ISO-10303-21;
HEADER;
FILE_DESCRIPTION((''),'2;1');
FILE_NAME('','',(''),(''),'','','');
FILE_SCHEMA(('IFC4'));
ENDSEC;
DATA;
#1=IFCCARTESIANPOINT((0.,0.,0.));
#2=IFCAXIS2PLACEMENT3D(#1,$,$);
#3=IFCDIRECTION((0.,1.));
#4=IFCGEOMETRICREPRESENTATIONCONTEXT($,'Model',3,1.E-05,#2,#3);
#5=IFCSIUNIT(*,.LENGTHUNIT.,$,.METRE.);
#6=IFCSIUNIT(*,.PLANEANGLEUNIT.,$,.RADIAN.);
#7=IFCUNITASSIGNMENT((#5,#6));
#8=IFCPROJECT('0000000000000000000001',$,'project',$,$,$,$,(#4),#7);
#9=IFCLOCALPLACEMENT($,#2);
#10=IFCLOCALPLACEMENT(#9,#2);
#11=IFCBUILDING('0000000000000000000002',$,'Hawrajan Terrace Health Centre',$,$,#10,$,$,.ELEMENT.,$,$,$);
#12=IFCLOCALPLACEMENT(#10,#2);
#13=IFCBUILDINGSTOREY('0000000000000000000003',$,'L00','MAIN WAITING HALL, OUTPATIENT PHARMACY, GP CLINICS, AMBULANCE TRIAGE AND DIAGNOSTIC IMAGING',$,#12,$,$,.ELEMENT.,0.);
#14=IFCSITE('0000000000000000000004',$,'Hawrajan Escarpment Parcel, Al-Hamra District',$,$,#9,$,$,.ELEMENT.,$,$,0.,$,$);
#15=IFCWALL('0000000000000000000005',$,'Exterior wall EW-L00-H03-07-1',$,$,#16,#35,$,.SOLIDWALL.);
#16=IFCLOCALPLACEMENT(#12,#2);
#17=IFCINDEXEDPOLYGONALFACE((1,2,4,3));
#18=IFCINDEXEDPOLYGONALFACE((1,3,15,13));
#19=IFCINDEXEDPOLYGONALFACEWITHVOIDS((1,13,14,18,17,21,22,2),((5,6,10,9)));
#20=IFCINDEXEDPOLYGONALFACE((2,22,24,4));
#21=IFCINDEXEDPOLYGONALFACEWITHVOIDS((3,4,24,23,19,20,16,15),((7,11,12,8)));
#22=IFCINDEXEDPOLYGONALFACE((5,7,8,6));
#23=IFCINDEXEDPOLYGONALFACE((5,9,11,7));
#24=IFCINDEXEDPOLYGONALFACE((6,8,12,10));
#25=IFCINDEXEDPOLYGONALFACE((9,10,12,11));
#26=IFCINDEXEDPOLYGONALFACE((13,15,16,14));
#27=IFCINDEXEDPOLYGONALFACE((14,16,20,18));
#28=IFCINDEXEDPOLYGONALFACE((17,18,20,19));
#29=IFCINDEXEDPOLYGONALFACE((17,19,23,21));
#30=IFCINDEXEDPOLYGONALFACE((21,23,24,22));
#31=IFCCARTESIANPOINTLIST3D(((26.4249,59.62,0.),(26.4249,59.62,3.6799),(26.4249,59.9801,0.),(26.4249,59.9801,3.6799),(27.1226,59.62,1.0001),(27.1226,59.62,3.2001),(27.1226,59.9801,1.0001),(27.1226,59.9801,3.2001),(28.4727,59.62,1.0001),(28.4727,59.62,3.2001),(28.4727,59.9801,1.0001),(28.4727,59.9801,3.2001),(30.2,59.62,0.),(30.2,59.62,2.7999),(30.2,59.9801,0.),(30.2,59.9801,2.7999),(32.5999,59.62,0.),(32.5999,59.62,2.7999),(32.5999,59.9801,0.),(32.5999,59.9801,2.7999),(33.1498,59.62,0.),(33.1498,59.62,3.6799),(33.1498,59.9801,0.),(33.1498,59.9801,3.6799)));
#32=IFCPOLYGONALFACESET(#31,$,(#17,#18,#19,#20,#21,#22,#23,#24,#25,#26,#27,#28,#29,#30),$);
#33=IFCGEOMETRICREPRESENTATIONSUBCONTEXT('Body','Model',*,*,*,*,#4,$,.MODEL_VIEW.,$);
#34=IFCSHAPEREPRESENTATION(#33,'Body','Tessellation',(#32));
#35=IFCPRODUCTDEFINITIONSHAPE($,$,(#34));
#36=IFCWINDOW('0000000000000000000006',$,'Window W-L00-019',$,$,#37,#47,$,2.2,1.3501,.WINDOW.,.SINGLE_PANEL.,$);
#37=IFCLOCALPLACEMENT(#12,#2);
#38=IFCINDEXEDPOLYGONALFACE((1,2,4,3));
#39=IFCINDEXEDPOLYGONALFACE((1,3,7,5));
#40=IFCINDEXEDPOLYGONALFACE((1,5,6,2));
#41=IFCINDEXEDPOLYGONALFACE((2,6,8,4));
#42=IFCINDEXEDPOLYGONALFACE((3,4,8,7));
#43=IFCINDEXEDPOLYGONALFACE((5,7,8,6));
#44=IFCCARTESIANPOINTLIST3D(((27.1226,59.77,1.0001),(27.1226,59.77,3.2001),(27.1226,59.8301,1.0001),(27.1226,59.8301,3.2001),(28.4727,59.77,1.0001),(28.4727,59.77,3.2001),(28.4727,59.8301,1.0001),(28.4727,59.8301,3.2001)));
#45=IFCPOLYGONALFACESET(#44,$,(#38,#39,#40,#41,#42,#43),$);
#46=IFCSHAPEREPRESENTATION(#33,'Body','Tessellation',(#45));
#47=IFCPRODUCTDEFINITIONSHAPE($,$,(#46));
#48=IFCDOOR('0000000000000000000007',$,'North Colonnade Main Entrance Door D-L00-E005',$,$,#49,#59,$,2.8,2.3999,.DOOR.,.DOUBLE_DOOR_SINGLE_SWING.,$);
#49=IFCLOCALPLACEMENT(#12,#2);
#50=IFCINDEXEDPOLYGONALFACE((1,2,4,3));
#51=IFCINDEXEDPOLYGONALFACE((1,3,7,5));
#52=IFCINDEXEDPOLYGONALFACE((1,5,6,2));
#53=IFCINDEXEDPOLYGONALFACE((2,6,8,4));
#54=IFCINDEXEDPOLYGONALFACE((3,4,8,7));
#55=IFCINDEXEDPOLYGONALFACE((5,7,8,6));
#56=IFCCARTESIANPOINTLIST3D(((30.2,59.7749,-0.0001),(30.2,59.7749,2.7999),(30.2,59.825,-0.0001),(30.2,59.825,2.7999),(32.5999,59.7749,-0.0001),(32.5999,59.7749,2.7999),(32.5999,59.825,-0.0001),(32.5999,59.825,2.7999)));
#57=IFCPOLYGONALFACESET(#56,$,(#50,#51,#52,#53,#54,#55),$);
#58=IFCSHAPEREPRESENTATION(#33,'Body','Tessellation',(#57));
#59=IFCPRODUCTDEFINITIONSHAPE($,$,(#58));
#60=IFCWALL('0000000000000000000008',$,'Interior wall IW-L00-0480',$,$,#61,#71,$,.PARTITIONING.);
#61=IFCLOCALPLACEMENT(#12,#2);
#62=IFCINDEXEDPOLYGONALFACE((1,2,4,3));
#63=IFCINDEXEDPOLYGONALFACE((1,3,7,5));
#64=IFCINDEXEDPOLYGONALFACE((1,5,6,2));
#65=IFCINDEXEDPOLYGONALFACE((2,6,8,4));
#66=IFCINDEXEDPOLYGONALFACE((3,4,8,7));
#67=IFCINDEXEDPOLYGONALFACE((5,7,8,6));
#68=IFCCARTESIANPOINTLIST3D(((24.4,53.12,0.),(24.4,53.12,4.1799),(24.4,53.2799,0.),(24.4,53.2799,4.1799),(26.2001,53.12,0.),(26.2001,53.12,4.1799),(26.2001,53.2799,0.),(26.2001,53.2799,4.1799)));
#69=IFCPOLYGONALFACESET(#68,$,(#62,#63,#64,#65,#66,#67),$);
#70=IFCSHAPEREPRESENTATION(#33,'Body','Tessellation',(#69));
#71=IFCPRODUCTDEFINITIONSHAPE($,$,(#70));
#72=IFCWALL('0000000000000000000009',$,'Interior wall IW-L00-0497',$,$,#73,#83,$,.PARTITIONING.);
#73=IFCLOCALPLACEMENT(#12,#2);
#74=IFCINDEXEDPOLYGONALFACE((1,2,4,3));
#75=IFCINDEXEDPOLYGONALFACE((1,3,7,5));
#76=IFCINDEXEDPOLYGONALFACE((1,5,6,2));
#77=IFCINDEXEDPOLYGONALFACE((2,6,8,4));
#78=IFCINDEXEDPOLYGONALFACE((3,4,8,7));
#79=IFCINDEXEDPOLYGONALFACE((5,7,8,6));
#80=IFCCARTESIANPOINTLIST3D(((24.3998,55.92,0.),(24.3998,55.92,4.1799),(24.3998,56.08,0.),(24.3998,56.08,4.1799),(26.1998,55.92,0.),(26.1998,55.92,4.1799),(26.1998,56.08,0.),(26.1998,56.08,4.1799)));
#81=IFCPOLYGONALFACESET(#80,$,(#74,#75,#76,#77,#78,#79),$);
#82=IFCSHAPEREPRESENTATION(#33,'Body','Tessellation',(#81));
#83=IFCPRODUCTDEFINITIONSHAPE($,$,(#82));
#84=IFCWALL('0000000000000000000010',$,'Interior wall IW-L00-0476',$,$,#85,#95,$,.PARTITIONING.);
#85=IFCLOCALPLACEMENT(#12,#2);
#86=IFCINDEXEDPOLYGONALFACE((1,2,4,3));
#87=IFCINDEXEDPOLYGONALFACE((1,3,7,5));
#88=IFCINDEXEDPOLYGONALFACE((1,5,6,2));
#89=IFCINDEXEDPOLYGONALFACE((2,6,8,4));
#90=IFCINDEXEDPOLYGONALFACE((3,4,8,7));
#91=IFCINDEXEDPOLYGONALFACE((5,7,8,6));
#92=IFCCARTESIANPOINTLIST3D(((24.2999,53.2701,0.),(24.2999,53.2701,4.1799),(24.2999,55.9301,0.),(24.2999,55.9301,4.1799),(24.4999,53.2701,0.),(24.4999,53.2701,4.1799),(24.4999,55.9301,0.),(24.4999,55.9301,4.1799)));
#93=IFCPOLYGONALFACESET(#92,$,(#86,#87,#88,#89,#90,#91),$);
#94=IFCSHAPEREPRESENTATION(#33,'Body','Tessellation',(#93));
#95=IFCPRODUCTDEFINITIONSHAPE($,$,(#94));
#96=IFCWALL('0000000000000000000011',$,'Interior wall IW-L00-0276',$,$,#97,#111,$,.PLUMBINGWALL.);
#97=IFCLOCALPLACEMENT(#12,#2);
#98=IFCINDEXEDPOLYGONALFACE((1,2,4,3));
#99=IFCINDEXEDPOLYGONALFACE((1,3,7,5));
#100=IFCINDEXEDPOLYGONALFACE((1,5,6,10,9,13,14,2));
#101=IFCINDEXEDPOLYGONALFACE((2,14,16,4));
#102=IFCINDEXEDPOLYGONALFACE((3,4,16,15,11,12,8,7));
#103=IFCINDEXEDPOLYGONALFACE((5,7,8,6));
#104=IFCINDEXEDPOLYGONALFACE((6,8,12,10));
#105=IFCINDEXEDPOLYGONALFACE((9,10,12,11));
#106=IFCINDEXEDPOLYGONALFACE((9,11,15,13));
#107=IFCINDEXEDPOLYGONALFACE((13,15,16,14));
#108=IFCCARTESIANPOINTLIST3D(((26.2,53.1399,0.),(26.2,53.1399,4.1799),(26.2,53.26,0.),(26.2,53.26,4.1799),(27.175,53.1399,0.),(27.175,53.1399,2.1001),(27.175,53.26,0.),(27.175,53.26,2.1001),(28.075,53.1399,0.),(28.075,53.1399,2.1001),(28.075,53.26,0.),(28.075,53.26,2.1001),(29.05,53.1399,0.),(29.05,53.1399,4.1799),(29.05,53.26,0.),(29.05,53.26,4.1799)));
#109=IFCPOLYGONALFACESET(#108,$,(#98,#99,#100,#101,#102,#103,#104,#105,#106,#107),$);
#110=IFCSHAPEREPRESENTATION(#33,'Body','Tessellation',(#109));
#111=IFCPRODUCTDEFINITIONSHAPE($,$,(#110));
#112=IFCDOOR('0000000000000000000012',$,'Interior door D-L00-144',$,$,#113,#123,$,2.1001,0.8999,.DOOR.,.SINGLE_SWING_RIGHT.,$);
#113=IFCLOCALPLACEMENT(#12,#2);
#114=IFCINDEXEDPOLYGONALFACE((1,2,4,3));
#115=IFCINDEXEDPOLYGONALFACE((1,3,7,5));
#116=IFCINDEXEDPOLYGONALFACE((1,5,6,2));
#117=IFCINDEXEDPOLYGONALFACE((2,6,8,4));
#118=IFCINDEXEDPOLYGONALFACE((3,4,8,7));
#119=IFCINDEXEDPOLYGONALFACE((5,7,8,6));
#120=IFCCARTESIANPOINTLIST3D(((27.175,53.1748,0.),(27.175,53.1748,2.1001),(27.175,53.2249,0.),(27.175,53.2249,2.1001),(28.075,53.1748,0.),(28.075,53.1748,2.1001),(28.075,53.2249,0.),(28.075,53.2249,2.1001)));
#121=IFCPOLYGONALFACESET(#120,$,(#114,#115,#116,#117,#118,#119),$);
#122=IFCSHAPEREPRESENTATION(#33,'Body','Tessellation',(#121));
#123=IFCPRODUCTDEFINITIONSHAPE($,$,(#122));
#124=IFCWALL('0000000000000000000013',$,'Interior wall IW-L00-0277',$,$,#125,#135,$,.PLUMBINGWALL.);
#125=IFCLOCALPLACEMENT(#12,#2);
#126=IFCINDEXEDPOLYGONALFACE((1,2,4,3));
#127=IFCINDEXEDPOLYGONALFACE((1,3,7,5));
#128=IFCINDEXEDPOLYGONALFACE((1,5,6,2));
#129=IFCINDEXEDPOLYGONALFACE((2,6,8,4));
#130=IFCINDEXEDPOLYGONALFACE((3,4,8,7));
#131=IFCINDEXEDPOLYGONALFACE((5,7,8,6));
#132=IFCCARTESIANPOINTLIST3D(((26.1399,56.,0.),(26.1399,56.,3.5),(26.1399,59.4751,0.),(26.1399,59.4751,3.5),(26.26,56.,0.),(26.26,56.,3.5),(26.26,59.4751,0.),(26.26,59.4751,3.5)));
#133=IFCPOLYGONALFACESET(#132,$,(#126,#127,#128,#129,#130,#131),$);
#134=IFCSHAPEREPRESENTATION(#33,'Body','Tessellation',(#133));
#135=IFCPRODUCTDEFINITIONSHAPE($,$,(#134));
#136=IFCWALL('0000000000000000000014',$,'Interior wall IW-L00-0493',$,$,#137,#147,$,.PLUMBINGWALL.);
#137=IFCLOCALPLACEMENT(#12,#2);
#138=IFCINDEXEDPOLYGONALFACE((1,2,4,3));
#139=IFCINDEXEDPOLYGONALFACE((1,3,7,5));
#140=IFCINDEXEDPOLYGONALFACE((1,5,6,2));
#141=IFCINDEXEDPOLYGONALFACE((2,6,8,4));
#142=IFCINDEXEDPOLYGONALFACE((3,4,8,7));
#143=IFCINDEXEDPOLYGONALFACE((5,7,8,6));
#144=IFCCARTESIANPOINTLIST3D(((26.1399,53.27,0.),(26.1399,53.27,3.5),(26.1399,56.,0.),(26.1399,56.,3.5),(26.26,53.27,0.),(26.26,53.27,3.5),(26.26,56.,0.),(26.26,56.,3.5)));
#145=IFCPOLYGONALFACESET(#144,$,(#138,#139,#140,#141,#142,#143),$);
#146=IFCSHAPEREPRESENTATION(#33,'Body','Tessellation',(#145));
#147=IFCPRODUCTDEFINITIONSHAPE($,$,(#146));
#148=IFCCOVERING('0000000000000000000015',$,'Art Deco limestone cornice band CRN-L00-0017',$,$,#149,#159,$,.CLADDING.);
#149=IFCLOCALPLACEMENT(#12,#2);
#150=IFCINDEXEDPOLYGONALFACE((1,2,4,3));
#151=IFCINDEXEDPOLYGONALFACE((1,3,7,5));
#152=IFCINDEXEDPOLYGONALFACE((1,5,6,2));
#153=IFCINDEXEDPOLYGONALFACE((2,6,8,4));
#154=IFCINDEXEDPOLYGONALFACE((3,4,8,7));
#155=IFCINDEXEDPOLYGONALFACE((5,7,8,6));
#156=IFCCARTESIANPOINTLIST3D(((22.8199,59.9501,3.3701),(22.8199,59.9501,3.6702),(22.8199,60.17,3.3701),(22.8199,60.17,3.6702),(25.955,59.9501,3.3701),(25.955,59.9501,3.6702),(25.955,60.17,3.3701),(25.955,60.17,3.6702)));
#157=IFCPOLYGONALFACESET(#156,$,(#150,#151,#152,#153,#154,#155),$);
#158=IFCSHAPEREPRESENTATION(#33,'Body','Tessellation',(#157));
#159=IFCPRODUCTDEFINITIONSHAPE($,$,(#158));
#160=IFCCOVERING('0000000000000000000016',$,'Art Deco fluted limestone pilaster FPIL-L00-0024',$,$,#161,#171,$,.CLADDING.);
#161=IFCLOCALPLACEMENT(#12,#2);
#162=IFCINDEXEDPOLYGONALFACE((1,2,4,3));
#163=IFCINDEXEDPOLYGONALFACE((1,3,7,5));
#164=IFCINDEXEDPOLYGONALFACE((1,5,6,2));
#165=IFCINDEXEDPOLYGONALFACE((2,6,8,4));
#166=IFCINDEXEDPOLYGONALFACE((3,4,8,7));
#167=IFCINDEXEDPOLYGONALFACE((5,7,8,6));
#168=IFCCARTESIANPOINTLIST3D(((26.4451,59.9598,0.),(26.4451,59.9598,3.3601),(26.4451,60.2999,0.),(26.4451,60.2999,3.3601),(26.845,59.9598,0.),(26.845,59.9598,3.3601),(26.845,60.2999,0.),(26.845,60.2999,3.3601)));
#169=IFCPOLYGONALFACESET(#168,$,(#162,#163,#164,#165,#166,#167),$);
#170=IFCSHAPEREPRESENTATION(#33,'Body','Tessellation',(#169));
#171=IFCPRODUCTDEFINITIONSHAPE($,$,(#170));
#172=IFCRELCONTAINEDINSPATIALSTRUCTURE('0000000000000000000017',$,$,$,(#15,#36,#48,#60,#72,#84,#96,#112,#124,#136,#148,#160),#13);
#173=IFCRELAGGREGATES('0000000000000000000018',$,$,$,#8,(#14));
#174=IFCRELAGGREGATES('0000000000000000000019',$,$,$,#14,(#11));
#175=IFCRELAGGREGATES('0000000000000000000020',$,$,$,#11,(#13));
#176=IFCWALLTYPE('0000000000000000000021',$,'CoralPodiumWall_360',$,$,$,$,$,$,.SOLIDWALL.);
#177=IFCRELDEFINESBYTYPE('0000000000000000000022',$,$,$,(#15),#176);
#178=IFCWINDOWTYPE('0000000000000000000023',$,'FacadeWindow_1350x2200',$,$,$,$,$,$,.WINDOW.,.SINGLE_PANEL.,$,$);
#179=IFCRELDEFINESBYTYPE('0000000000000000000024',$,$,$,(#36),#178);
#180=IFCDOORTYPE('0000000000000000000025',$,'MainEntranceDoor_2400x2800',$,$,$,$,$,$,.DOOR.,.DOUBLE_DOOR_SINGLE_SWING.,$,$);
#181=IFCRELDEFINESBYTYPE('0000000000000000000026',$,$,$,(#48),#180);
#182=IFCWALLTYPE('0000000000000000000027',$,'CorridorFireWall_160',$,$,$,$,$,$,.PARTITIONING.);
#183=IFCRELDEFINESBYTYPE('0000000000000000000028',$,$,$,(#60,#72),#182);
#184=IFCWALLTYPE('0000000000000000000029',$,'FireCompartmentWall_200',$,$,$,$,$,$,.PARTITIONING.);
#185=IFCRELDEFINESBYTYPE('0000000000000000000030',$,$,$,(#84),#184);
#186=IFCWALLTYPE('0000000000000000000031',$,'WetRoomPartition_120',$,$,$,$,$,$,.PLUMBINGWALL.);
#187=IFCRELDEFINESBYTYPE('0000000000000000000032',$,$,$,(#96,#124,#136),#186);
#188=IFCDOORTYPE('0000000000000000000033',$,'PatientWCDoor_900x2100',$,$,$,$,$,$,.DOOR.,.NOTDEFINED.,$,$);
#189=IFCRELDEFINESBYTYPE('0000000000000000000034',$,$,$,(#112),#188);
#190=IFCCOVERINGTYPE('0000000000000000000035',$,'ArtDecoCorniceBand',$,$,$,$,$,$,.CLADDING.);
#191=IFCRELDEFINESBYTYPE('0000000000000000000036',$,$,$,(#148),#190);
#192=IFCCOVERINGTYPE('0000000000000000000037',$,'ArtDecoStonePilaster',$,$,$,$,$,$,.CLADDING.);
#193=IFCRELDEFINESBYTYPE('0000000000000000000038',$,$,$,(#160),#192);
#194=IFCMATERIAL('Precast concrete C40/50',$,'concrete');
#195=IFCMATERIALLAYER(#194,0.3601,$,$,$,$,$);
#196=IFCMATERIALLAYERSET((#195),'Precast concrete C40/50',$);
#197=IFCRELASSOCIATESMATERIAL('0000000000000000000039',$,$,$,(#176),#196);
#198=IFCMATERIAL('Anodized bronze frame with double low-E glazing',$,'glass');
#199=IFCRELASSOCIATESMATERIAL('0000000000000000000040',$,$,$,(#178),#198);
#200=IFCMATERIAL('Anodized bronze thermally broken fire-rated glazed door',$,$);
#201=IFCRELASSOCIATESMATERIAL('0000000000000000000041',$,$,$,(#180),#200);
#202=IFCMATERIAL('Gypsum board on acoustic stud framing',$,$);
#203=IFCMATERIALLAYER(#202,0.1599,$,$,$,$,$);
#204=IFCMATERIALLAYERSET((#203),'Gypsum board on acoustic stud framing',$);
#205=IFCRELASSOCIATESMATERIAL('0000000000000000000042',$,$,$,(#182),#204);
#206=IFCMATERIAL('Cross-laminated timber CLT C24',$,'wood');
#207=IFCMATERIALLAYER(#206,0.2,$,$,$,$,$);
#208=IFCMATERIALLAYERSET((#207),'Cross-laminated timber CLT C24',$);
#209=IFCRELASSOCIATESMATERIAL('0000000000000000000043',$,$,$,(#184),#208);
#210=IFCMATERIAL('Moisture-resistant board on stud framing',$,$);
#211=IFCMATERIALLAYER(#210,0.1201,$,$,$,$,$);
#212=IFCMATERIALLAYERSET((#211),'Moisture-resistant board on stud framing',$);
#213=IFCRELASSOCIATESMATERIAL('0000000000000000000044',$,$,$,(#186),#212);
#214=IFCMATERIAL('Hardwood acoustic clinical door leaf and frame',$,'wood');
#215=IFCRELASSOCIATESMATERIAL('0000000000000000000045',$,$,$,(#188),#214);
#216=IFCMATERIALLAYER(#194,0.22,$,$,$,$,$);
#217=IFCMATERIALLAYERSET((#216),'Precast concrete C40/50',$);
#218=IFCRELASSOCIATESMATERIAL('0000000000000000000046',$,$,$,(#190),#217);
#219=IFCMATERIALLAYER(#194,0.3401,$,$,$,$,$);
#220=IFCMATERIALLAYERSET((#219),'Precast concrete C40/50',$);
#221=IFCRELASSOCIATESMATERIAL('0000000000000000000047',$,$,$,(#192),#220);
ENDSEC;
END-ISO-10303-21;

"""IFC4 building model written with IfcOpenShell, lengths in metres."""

from ifc_helpers import new_model, si_unit, direction, frame, frame_2d, origin, origin_2d, place, context, subcontext, project, spatial, rectangle, extrude, material, layer, layer_set, type_object, element, fill, save


model = new_model("IFC4")

# Units and contexts
model_context = context("Model", 3, precision=1e-05, world=origin(), true_north=direction((0.0, 1.0)))
body_context = subcontext(model_context, "Body", "Model", "MODEL_VIEW")
ifc_project = project(units=[si_unit("LENGTHUNIT", "METRE"), si_unit("PLANEANGLEUNIT", "RADIAN")], contexts=[model_context])

# Site, building, storey
site_placement = place(None, origin())
site = spatial("IfcSite", under=ifc_project, at=site_placement, Name="Hawrajan Escarpment Parcel, Al-Hamra District", CompositionType="ELEMENT", RefElevation=0.0)
building_placement = place(site_placement, origin())
building = spatial("IfcBuilding", under=site, at=building_placement, Name="Hawrajan Terrace Health Centre", CompositionType="ELEMENT")
storey_placement = place(building_placement, origin())
storey = spatial("IfcBuildingStorey", under=building, at=storey_placement, Name="L00", Description="MAIN WAITING HALL, OUTPATIENT PHARMACY, GP CLINICS, AMBULANCE TRIAGE AND DIAGNOSTIC IMAGING", CompositionType="ELEMENT", Elevation=0.0)

# Shared definitions
ifc_material_1 = material(Name="Gypsum board on acoustic stud framing")
ifc_material_2 = material(Name="Hardwood acoustic clinical door leaf and frame", Category="wood")

# Shared definitions
ifc_material_3 = material(Name="Precast concrete C40/50", Category="concrete")
ifc_material_4 = material(Name="Anodized bronze frame with double low-E glazing", Category="glass")

# Wall, openings, window, door
ifc_layer_1 = layer(ifc_material_3, 0.3601)
ifc_layer_set_1 = layer_set([ifc_layer_1], Name="Precast concrete C40/50")
wall_type_1 = type_object("IfcWallType", Name="CoralPodiumWall_360", PredefinedType="SOLIDWALL", material=ifc_layer_set_1)
wall_1_placement = place(storey_placement, frame((26.425, 59.8, 0.0), z_axis=(0.0, 0.0, 1.0), x_axis=(1.0, 0.0, 0.0)))
wall_1 = element("IfcWall", 1, at=wall_1_placement, inside=storey, type_object=wall_type_1, Name="Exterior wall EW-L00-H03-07-1", PredefinedType="SOLIDWALL", context=body_context, shape_type="SweptSolid", body=[
    extrude(rectangle(XDim=6.7249, YDim=0.3601, at=frame_2d((3.3623, 0.0))), origin(), (0.0, 0.0, 1.0), 3.6799),
])
opening_1_placement = place(wall_1_placement, frame((3.7749, 0.0, 0.0)))
opening_1 = element("IfcOpeningElement", 2, at=opening_1_placement, cuts=wall_1, PredefinedType="OPENING", context=body_context, shape_type="SweptSolid", body=[
    extrude(rectangle(XDim=2.3999, YDim=2.8, at=frame_2d((1.2, 1.3999))), frame((0.0, 0.1899, 0.0), z_axis=(0.0, -1.0, 0.0), x_axis=(1.0, 0.0, 0.0)), (0.0, 0.0, 1.0), 0.3801),
])
opening_2_placement = place(wall_1_placement, frame((0.6975, 0.0, 1.0)))
opening_2 = element("IfcOpeningElement", 3, at=opening_2_placement, cuts=wall_1, PredefinedType="OPENING", context=body_context, shape_type="SweptSolid", body=[
    extrude(rectangle(XDim=1.3501, YDim=2.2, at=frame_2d((0.675, 1.1001))), frame((0.0, 0.1899, 0.0), z_axis=(0.0, -1.0, 0.0), x_axis=(1.0, 0.0, 0.0)), (0.0, 0.0, 1.0), 0.3801),
])
window_type_1 = type_object("IfcWindowType", Name="FacadeWindow_1350x2200", PartitioningType="SINGLE_PANEL", PredefinedType="WINDOW", material=ifc_material_4)
window_1_placement = place(opening_2_placement, origin())
window_1 = element("IfcWindow", 4, at=window_1_placement, inside=storey, type_object=window_type_1, Name="Window W-L00-019", OverallHeight=2.2, OverallWidth=1.3501, PartitioningType="SINGLE_PANEL", PredefinedType="WINDOW", context=body_context, shape_type="SweptSolid", body=[
    extrude(rectangle(XDim=1.3501, YDim=2.2, at=frame_2d((0.675, 1.1001))), frame((0.0, 0.03, 0.0), z_axis=(0.0, -1.0, 0.0), x_axis=(1.0, 0.0, 0.0)), (0.0, 0.0, 1.0), 0.0601),
])
fill(opening_2, window_1)
ifc_material_5 = material(Name="Anodized bronze thermally broken fire-rated glazed door")
door_type_1 = type_object("IfcDoorType", Name="MainEntranceDoor_2400x2800", OperationType="DOUBLE_DOOR_SINGLE_SWING", PredefinedType="DOOR", material=ifc_material_5)
door_1_placement = place(opening_1_placement, origin())
door_1 = element("IfcDoor", 5, at=door_1_placement, inside=storey, type_object=door_type_1, Name="North Colonnade Main Entrance Door D-L00-E005", OperationType="DOUBLE_DOOR_SINGLE_SWING", OverallHeight=2.8, OverallWidth=2.3999, PredefinedType="DOOR", context=body_context, shape_type="SweptSolid", body=[
    extrude(rectangle(XDim=2.3999, YDim=2.8, at=frame_2d((1.2, 1.3999))), frame((0.0, 0.0249, 0.0), z_axis=(0.0, -1.0, 0.0), x_axis=(1.0, 0.0, 0.0)), (0.0, 0.0, 1.0), 0.05),
])
fill(opening_1, door_1)

# Walls
ifc_layer_2 = layer(ifc_material_1, 0.1599)
ifc_layer_set_2 = layer_set([ifc_layer_2], Name="Gypsum board on acoustic stud framing")
wall_type_2 = type_object("IfcWallType", Name="CorridorFireWall_160", PredefinedType="PARTITIONING", material=ifc_layer_set_2)
for number, where, z_axis, x_axis, name in (
    (6, (26.2, 53.2, 0.0), (0.0, 0.0, 1.0), (-1.0, 0.0, 0.0), "Interior wall IW-L00-0480"),
    (7, (24.3999, 56.0, 0.0), (0.0, 0.0, 1.0), (1.0, 0.0, 0.0), "Interior wall IW-L00-0497"),
):
    element("IfcWall", number, at=place(storey_placement, frame(where, z_axis=z_axis, x_axis=x_axis)), inside=storey, type_object=wall_type_2, Name=name, PredefinedType="PARTITIONING", context=body_context, shape_type="SweptSolid", body=[
        extrude(rectangle(XDim=1.8, YDim=0.1599, at=frame_2d((0.8999, 0.0))), origin(), (0.0, 0.0, 1.0), 4.1799),
    ])
ifc_material_6 = material(Name="Cross-laminated timber CLT C24", Category="wood")
ifc_layer_3 = layer(ifc_material_6, 0.2)
ifc_layer_set_3 = layer_set([ifc_layer_3], Name="Cross-laminated timber CLT C24")
wall_type_3 = type_object("IfcWallType", Name="FireCompartmentWall_200", PredefinedType="PARTITIONING", material=ifc_layer_set_3)
wall_2_placement = place(storey_placement, frame((24.3999, 53.27, 0.0), z_axis=(0.0, 0.0, 1.0), x_axis=(0.0, 1.0, 0.0)))
element("IfcWall", 8, at=wall_2_placement, inside=storey, type_object=wall_type_3, Name="Interior wall IW-L00-0476", PredefinedType="PARTITIONING", context=body_context, shape_type="SweptSolid", body=[
    extrude(rectangle(XDim=2.6599, YDim=0.2, at=frame_2d((1.3301, 0.0))), origin(), (0.0, 0.0, 1.0), 4.1799),
])

# Wall, opening, door
ifc_material_7 = material(Name="Moisture-resistant board on stud framing")
ifc_layer_4 = layer(ifc_material_7, 0.1201)
ifc_layer_set_4 = layer_set([ifc_layer_4], Name="Moisture-resistant board on stud framing")
wall_type_4 = type_object("IfcWallType", Name="WetRoomPartition_120", PredefinedType="PLUMBINGWALL", material=ifc_layer_set_4)
wall_3_placement = place(storey_placement, frame((26.2, 53.2, 0.0), z_axis=(0.0, 0.0, 1.0), x_axis=(1.0, 0.0, 0.0)))
wall_3 = element("IfcWall", 9, at=wall_3_placement, inside=storey, type_object=wall_type_4, Name="Interior wall IW-L00-0276", PredefinedType="PLUMBINGWALL", context=body_context, shape_type="SweptSolid", body=[
    extrude(rectangle(XDim=2.8501, YDim=0.1201, at=frame_2d((1.425, 0.0))), origin(), (0.0, 0.0, 1.0), 4.1799),
])
opening_3_placement = place(wall_3_placement, frame((0.9751, 0.0, 0.0)))
opening_3 = element("IfcOpeningElement", 10, at=opening_3_placement, cuts=wall_3, PredefinedType="OPENING", context=body_context, shape_type="SweptSolid", body=[
    extrude(rectangle(XDim=0.8999, YDim=2.1001, at=frame_2d((0.45, 1.05))), frame((0.0, 0.0701, 0.0), z_axis=(0.0, -1.0, 0.0), x_axis=(1.0, 0.0, 0.0)), (0.0, 0.0, 1.0), 0.1401),
])
door_type_2 = type_object("IfcDoorType", Name="PatientWCDoor_900x2100", OperationType="NOTDEFINED", PredefinedType="DOOR", material=ifc_material_2)
door_2_placement = place(opening_3_placement, origin())
door_2 = element("IfcDoor", 11, at=door_2_placement, inside=storey, type_object=door_type_2, Name="Interior door D-L00-144", OperationType="SINGLE_SWING_RIGHT", OverallHeight=2.1001, OverallWidth=0.8999, PredefinedType="DOOR", context=body_context, shape_type="SweptSolid", body=[
    extrude(rectangle(XDim=0.8999, YDim=2.1001, at=frame_2d((0.45, 1.05))), frame((0.0, 0.0249, 0.0), z_axis=(0.0, -1.0, 0.0), x_axis=(1.0, 0.0, 0.0)), (0.0, 0.0, 1.0), 0.05),
])
fill(opening_3, door_2)

# Walls
wall_4_placement = place(storey_placement, frame((26.2, 56.0, 0.0), z_axis=(0.0, 0.0, 1.0), x_axis=(0.0, 1.0, 0.0)))
element("IfcWall", 12, at=wall_4_placement, inside=storey, type_object=wall_type_4, Name="Interior wall IW-L00-0277", PredefinedType="PLUMBINGWALL", context=body_context, shape_type="SweptSolid", body=[
    extrude(rectangle(XDim=3.4751, YDim=0.1201, at=frame_2d((1.7375, 0.0))), origin(), (0.0, 0.0, 1.0), 3.5),
])
wall_5_placement = place(storey_placement, frame((26.2, 53.27, 0.0), z_axis=(0.0, 0.0, 1.0), x_axis=(0.0, 1.0, 0.0)))
element("IfcWall", 13, at=wall_5_placement, inside=storey, type_object=wall_type_4, Name="Interior wall IW-L00-0493", PredefinedType="PLUMBINGWALL", context=body_context, shape_type="SweptSolid", body=[
    extrude(rectangle(XDim=2.73, YDim=0.1201, at=frame_2d((1.365, 0.0))), origin(), (0.0, 0.0, 1.0), 3.5),
])

# Coverings
ifc_layer_5 = layer(ifc_material_3, 0.22)
ifc_layer_set_5 = layer_set([ifc_layer_5], Name="Precast concrete C40/50")
covering_type_1 = type_object("IfcCoveringType", Name="ArtDecoCorniceBand", PredefinedType="CLADDING", material=ifc_layer_set_5)
covering_1_placement = place(storey_placement, frame((24.3875, 60.0601, 3.3701), z_axis=(0.0, 0.0, 1.0), x_axis=(1.0, 0.0, 0.0)))
element("IfcCovering", 14, at=covering_1_placement, inside=storey, type_object=covering_type_1, Name="Art Deco limestone cornice band CRN-L00-0017", PredefinedType="CLADDING", context=body_context, shape_type="SweptSolid", body=[
    extrude(rectangle(XDim=3.135, YDim=0.22, at=origin_2d()), origin(), (0.0, 0.0, 1.0), 0.3),
])
ifc_layer_6 = layer(ifc_material_3, 0.3401)
ifc_layer_set_6 = layer_set([ifc_layer_6], Name="Precast concrete C40/50")
covering_type_2 = type_object("IfcCoveringType", Name="ArtDecoStonePilaster", PredefinedType="CLADDING", material=ifc_layer_set_6)
covering_2_placement = place(storey_placement, frame((26.645, 60.1299, 0.0), z_axis=(0.0, 0.0, 1.0), x_axis=(1.0, 0.0, 0.0)))
element("IfcCovering", 15, at=covering_2_placement, inside=storey, type_object=covering_type_2, Name="Art Deco fluted limestone pilaster FPIL-L00-0024", PredefinedType="CLADDING", context=body_context, shape_type="SweptSolid", body=[
    extrude(rectangle(XDim=0.3999, YDim=0.3401, at=origin_2d()), origin(), (0.0, 0.0, 1.0), 3.3601),
])

save(model, "model.ifc")
